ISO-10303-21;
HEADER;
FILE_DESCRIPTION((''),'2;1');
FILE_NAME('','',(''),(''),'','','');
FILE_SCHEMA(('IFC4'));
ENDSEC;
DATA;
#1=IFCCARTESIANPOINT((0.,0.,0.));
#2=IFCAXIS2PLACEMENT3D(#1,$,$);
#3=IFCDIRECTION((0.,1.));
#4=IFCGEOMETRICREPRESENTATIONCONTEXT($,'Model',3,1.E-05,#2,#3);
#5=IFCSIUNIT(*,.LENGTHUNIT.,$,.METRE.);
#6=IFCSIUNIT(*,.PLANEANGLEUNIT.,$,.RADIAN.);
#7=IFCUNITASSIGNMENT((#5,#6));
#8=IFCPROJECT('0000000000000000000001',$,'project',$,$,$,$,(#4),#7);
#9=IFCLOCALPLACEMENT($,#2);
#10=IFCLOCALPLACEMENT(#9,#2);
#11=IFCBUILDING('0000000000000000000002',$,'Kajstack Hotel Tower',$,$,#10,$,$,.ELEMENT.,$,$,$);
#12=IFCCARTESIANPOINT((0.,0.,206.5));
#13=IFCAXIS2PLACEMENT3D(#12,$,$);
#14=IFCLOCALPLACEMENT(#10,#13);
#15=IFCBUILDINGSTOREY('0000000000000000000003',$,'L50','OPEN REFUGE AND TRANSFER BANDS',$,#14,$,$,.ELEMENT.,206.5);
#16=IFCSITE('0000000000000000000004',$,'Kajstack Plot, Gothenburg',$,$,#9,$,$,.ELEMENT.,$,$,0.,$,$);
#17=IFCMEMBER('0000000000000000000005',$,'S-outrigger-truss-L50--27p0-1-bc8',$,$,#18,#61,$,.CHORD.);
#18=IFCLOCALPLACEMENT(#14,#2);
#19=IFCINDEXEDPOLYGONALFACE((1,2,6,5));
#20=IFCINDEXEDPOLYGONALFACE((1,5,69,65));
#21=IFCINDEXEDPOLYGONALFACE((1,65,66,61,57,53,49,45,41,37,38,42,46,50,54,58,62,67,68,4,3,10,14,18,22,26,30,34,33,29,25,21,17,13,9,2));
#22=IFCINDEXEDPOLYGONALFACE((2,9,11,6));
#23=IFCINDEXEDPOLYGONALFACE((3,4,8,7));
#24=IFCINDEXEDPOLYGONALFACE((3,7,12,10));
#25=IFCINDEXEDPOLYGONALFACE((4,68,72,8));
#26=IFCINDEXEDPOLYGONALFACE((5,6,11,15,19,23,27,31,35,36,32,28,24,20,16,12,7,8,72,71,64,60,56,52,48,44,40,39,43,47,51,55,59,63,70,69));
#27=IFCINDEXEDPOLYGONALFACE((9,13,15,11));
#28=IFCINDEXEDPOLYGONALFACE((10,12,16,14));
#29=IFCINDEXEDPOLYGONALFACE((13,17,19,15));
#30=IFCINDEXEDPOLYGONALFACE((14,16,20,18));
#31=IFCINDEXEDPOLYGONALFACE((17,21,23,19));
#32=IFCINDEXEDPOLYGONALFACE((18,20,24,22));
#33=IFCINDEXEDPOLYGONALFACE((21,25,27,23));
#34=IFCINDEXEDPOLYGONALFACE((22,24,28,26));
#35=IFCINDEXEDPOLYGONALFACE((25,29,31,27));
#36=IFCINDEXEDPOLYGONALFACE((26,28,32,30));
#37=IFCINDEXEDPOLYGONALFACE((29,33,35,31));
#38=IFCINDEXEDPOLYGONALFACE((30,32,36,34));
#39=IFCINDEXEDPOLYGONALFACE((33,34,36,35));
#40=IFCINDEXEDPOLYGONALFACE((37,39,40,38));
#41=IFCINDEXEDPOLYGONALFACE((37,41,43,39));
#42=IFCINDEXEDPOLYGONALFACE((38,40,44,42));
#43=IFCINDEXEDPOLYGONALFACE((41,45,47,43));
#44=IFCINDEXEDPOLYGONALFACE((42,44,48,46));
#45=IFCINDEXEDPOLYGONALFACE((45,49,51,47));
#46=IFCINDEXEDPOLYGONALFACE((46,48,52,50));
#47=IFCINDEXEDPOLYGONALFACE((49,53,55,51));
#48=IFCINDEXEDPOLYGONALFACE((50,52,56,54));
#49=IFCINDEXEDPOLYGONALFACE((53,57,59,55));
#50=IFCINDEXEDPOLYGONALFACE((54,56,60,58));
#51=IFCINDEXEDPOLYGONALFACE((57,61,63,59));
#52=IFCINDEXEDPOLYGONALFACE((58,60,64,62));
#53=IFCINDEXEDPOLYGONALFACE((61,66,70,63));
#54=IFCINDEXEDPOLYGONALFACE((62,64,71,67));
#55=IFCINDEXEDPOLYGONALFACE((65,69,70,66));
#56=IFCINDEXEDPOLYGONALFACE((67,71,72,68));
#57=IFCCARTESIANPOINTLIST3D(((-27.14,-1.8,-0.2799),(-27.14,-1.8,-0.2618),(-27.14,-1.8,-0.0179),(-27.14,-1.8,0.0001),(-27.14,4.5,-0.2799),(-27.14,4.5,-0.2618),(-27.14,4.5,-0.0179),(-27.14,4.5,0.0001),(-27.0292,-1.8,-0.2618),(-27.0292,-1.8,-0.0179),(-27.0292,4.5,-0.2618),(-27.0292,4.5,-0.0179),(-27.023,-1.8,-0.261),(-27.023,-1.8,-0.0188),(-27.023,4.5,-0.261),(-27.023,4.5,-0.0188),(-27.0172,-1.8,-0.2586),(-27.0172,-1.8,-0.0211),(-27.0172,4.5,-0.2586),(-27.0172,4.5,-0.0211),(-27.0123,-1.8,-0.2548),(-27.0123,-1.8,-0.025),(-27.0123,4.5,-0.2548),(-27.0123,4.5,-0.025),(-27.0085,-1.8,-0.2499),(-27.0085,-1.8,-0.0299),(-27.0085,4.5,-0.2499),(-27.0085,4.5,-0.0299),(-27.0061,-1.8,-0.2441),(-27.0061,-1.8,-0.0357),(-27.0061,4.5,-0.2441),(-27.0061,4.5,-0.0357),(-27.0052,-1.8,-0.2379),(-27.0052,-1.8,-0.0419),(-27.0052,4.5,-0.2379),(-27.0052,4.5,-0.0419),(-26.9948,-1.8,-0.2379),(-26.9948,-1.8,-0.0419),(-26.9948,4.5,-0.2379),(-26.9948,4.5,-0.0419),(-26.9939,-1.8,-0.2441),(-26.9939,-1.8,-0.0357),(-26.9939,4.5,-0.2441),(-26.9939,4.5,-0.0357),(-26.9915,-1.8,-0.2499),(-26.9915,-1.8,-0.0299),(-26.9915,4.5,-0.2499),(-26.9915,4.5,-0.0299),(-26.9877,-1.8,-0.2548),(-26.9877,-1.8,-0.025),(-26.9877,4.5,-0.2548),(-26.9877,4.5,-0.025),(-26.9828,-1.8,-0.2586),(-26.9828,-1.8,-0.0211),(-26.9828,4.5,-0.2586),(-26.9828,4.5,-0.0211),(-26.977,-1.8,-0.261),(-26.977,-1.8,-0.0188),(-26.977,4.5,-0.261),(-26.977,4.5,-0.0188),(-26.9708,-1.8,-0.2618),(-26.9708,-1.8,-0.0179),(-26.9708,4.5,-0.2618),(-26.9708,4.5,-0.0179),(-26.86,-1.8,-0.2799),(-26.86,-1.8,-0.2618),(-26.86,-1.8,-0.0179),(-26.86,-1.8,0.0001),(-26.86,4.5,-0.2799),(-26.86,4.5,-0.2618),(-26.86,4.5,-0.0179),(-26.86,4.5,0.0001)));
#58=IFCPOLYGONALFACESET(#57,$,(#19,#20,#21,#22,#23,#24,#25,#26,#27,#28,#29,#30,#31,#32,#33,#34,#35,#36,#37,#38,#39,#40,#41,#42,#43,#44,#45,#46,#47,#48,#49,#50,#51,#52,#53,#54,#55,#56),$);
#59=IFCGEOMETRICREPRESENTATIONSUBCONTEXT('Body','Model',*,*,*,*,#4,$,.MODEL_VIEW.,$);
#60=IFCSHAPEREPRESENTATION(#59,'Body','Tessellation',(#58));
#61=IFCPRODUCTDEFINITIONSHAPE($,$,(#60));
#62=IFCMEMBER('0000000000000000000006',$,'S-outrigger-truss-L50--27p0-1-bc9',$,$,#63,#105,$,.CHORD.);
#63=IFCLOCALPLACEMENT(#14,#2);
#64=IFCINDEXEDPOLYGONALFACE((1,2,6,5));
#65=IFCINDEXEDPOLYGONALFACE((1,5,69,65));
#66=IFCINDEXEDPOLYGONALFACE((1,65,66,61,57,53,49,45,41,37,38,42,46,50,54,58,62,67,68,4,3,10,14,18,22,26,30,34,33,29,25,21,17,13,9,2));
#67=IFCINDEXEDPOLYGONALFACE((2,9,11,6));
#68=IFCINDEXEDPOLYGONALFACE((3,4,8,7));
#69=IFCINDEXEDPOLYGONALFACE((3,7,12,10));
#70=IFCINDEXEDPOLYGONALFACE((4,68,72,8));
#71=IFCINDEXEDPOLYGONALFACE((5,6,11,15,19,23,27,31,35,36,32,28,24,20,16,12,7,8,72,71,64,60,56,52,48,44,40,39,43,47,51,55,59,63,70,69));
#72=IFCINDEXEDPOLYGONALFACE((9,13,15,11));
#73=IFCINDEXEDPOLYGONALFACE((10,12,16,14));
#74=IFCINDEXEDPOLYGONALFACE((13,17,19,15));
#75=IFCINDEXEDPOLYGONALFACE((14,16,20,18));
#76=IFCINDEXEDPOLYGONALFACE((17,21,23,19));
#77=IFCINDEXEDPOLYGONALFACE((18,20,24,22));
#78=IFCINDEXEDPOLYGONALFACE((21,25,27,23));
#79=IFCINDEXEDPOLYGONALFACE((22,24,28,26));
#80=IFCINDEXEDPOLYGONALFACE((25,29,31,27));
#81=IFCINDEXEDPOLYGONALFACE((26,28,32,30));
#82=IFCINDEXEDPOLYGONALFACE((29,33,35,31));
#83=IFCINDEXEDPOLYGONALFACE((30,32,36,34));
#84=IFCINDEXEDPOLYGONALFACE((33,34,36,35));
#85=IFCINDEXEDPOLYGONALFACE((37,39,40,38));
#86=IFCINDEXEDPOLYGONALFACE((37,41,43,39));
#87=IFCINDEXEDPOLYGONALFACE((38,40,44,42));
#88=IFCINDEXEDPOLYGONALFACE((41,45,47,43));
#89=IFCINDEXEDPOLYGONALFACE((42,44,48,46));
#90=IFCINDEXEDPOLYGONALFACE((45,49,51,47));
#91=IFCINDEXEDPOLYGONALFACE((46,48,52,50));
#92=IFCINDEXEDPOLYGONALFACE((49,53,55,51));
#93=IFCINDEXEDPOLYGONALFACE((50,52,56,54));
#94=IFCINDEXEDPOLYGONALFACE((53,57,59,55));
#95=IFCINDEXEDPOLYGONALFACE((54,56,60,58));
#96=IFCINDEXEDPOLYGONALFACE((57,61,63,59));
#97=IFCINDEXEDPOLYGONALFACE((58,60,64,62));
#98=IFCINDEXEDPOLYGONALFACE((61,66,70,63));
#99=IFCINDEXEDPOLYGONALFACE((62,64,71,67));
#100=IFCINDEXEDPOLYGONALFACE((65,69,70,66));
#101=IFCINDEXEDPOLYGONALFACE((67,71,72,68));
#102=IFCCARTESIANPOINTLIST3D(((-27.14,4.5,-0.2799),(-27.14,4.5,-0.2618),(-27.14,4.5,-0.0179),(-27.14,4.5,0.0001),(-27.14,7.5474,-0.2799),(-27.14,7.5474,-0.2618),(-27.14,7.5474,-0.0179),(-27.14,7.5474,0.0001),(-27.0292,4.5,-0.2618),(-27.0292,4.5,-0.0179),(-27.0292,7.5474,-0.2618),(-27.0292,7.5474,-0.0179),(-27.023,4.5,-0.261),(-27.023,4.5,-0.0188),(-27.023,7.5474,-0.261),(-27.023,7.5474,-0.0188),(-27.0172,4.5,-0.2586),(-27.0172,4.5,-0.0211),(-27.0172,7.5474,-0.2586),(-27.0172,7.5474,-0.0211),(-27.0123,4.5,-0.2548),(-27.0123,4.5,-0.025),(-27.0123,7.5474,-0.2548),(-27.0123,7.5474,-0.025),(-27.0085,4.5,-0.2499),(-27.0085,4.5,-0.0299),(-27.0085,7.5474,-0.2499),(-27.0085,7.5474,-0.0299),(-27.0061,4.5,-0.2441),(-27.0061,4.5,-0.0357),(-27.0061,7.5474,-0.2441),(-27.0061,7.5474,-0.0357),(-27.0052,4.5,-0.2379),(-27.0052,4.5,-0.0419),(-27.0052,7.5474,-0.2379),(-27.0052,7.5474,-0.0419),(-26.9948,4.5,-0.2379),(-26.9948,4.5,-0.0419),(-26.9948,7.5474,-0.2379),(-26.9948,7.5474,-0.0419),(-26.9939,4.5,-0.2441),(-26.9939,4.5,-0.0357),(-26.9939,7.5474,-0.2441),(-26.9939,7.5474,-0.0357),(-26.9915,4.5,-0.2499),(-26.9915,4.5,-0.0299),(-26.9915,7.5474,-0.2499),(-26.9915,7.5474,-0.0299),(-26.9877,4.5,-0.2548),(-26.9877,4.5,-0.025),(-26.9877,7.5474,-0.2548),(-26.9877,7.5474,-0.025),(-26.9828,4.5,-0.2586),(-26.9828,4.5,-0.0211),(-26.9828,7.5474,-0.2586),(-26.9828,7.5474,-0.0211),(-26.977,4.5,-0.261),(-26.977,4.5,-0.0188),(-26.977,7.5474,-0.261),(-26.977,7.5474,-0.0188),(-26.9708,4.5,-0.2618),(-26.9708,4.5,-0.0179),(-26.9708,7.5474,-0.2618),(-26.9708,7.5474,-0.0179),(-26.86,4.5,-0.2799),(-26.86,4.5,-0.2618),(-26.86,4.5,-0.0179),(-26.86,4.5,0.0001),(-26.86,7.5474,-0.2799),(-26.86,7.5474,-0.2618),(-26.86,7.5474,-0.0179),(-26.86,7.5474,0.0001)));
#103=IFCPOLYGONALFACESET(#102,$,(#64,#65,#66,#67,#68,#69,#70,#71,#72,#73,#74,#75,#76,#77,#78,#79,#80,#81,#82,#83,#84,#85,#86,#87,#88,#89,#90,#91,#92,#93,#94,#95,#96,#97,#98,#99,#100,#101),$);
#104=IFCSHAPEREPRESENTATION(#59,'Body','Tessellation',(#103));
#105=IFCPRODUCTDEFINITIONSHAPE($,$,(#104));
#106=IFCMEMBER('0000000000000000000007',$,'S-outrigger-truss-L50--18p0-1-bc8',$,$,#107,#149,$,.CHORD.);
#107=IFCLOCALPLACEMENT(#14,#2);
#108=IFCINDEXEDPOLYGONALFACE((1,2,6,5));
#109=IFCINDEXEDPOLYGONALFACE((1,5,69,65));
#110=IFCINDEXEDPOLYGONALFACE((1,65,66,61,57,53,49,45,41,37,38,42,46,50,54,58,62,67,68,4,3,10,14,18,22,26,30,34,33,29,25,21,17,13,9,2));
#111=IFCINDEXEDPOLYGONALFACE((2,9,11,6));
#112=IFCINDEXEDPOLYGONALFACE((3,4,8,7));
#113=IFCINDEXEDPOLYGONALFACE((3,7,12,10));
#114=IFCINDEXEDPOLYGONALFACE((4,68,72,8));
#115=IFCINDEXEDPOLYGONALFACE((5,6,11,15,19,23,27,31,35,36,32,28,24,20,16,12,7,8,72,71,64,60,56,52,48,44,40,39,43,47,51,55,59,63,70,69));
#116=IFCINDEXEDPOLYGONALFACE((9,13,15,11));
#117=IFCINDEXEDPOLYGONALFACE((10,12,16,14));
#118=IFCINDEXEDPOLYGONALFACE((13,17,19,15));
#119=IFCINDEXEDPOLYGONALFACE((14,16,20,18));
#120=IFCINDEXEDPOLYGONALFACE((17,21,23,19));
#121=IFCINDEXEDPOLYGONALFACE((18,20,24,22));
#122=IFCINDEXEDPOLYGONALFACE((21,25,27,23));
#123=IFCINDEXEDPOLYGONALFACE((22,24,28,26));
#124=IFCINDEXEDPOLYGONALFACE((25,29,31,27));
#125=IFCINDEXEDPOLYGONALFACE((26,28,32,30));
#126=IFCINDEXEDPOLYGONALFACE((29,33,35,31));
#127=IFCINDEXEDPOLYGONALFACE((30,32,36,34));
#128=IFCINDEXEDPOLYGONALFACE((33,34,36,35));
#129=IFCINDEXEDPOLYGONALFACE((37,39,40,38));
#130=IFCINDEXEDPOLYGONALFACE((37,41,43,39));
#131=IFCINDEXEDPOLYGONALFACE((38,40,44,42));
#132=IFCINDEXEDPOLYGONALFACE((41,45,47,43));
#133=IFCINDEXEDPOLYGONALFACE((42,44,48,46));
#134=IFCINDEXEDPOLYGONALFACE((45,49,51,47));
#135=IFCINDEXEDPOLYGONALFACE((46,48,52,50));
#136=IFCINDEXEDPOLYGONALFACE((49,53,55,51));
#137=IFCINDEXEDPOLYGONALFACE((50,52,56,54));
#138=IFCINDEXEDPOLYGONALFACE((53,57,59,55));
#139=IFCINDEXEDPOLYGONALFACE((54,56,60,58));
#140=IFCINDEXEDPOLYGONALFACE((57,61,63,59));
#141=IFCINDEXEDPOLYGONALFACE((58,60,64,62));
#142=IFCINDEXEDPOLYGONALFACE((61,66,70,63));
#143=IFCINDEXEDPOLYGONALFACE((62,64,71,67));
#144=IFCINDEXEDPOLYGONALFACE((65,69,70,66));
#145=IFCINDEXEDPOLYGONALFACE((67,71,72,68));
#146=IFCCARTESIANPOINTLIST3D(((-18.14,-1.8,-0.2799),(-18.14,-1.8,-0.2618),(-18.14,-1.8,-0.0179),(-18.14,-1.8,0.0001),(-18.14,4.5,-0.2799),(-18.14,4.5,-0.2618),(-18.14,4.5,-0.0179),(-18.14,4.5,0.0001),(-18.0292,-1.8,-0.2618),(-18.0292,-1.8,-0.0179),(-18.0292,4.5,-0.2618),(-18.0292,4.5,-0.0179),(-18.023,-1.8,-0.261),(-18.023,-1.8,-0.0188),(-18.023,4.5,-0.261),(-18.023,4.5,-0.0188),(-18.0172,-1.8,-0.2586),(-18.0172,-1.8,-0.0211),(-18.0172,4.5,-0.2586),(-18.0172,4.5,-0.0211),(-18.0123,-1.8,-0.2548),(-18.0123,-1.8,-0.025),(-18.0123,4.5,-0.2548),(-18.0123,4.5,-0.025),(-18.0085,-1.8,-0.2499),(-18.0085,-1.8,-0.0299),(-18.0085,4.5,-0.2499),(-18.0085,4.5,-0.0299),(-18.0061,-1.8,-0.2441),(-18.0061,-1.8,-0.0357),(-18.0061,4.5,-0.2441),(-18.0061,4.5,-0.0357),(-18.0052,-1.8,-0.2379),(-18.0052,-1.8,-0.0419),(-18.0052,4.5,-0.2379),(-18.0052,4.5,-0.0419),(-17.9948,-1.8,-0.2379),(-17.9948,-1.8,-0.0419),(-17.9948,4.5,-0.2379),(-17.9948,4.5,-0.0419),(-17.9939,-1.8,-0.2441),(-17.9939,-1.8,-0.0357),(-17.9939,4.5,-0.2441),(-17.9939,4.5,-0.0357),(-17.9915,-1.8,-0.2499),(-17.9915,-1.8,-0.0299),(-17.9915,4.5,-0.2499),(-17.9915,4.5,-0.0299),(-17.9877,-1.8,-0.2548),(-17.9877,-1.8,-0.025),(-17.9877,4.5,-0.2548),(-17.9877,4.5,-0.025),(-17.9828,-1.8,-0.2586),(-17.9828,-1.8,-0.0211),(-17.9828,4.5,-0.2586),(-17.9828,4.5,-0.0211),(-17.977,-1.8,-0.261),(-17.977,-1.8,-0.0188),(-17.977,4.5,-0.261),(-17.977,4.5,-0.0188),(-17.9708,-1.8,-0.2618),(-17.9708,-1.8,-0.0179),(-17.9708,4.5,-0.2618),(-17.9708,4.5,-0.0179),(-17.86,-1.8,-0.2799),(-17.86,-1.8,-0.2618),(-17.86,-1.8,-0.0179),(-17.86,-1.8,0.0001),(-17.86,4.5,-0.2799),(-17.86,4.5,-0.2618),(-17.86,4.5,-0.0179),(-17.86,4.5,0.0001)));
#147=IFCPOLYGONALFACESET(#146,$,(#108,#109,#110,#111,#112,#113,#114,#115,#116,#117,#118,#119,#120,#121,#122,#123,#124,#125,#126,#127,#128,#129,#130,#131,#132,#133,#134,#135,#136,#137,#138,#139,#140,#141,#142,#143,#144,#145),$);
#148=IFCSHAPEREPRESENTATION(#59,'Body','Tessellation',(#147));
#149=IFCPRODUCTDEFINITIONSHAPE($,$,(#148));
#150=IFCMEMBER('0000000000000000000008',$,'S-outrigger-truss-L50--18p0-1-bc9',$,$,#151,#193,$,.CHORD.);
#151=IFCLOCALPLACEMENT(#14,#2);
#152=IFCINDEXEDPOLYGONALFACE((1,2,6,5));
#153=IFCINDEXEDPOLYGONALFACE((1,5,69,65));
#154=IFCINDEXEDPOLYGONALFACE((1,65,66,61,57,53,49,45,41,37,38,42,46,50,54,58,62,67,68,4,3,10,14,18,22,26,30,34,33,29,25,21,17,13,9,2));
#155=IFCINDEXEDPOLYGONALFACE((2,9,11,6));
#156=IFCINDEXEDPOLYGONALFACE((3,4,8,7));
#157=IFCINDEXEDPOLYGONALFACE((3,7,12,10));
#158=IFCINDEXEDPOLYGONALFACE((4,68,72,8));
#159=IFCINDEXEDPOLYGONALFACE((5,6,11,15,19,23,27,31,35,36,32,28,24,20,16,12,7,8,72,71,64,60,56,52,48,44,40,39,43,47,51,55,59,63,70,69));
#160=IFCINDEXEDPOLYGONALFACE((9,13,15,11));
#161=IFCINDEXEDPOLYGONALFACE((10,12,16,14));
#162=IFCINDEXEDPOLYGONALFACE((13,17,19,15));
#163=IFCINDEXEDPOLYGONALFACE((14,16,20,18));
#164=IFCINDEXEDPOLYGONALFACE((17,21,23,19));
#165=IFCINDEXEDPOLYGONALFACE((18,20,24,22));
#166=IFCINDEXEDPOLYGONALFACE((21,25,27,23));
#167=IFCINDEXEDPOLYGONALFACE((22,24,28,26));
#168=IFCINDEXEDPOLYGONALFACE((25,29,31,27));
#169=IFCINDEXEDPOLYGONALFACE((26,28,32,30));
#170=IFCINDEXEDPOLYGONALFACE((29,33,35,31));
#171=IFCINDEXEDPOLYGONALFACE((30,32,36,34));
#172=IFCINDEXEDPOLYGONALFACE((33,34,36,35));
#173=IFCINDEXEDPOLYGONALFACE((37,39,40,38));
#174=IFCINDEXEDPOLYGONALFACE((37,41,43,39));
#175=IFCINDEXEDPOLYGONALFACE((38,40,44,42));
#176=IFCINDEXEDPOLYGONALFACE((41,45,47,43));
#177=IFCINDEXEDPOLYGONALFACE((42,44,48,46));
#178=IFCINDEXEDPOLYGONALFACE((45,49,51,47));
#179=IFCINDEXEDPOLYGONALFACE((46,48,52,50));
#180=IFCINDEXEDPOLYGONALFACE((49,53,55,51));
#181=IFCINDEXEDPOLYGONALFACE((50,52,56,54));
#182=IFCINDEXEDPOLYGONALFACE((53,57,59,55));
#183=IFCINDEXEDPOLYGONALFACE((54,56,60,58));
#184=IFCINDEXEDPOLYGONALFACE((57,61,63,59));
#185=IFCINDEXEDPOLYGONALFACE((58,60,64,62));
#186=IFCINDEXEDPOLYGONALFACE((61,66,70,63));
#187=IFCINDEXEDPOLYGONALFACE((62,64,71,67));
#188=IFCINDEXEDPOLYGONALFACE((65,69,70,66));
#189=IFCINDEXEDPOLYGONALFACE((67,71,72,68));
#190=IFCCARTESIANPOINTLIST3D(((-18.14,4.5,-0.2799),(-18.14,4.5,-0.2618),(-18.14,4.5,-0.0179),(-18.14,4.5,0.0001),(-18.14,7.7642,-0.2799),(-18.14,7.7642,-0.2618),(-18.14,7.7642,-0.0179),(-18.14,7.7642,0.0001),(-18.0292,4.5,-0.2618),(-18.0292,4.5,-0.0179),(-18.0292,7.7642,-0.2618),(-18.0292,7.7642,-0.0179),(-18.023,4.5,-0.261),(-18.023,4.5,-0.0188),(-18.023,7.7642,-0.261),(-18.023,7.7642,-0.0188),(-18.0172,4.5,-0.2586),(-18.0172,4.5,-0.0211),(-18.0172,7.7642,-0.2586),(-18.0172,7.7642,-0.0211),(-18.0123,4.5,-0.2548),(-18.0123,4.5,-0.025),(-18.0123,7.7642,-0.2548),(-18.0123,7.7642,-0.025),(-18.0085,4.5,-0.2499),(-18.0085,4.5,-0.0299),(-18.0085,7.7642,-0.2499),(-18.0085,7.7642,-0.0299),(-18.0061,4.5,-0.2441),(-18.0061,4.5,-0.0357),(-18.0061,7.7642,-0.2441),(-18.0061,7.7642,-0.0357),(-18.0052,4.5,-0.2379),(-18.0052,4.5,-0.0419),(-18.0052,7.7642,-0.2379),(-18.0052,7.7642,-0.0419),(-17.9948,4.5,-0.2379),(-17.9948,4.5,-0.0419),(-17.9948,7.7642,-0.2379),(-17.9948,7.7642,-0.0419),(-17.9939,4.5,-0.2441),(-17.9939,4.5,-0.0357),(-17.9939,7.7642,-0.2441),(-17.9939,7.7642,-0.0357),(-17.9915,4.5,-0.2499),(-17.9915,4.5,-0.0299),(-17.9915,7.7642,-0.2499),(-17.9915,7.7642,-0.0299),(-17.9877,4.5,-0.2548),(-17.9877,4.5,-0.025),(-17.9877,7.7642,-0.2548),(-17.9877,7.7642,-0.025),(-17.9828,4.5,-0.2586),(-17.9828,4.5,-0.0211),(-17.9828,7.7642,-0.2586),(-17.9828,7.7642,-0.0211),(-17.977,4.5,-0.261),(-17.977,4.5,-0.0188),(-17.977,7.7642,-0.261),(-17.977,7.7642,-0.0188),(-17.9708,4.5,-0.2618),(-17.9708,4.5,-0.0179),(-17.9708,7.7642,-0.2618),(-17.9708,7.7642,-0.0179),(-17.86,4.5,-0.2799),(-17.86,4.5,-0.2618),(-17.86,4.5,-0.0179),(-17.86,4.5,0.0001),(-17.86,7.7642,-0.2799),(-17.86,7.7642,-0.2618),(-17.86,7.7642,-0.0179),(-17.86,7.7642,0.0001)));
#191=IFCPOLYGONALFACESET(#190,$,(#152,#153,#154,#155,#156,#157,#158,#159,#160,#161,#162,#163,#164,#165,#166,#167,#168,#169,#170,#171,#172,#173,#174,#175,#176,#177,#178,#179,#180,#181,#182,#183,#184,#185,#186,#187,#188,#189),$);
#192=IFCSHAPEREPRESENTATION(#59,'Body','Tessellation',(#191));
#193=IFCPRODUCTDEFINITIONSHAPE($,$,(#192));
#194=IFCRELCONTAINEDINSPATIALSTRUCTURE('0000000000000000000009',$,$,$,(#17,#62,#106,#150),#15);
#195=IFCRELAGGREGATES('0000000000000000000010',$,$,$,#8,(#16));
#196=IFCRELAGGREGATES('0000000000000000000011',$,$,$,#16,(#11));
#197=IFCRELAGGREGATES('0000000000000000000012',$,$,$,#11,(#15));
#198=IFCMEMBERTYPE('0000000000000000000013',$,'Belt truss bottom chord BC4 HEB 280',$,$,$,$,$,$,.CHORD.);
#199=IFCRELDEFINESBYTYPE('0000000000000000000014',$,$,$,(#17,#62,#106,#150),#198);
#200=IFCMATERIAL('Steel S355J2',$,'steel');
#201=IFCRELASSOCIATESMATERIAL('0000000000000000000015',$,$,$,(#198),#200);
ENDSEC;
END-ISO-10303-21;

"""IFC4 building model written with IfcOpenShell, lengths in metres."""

from ifc_helpers import new_model, si_unit, direction, frame, origin, origin_2d, place, context, subcontext, project, spatial, i_section, extrude, material, material_profile, profile_set, type_object, element, save


model = new_model("IFC4")

# Units and contexts
model_context = context("Model", 3, precision=1e-05, world=origin(), true_north=direction((0.0, 1.0)))
body_context = subcontext(model_context, "Body", "Model", "MODEL_VIEW")
ifc_project = project(units=[si_unit("LENGTHUNIT", "METRE"), si_unit("PLANEANGLEUNIT", "RADIAN")], contexts=[model_context])

# Site, building, storey
site_placement = place(None, origin())
site = spatial("IfcSite", under=ifc_project, at=site_placement, Name="Kajstack Plot, Gothenburg", CompositionType="ELEMENT", RefElevation=0.0)
building_placement = place(site_placement, origin())
building = spatial("IfcBuilding", under=site, at=building_placement, Name="Kajstack Hotel Tower", CompositionType="ELEMENT")
storey_placement = place(building_placement, frame((0.0, 0.0, 206.5)))
storey = spatial("IfcBuildingStorey", under=building, at=storey_placement, Name="L50", Description="OPEN REFUGE AND TRANSFER BANDS", CompositionType="ELEMENT", Elevation=206.5)

# Members
ifc_material_1 = material(Name="Steel S355J2", Category="steel")
ifc_material_profile_1 = material_profile(ifc_material_1, i_section(OverallWidth=0.28, OverallDepth=0.28, WebThickness=0.0105, FlangeThickness=0.0181, FilletRadius=0.0239, at=origin_2d()), Name="HEB 280")
ifc_profile_set_1 = profile_set([ifc_material_profile_1], Name="Steel S355J2")
member_type_1 = type_object("IfcMemberType", Name="Belt truss bottom chord BC4 HEB 280", PredefinedType="CHORD", material=ifc_profile_set_1)
member_1_placement = place(storey_placement, frame((-27.0, -1.8, -0.1399), z_axis=(0.0, 1.0, 0.0), x_axis=(-1.0, 0.0, 0.0)))
element("IfcMember", 1, at=member_1_placement, inside=storey, type_object=member_type_1, Name="S-outrigger-truss-L50--27p0-1-bc8", PredefinedType="CHORD", context=body_context, shape_type="SweptSolid", body=[
    extrude(i_section(OverallWidth=0.28, OverallDepth=0.28, WebThickness=0.0105, FlangeThickness=0.0181, FilletRadius=0.0239, at=origin_2d()), origin(), (0.0, 0.0, 1.0), 6.3),
])
member_2_placement = place(storey_placement, frame((-27.0, 4.5, -0.1399), z_axis=(0.0, 1.0, 0.0), x_axis=(-1.0, 0.0, 0.0)))
element("IfcMember", 2, at=member_2_placement, inside=storey, type_object=member_type_1, Name="S-outrigger-truss-L50--27p0-1-bc9", PredefinedType="CHORD", context=body_context, shape_type="SweptSolid", body=[
    extrude(i_section(OverallWidth=0.28, OverallDepth=0.28, WebThickness=0.0105, FlangeThickness=0.0181, FilletRadius=0.0239, at=origin_2d()), origin(), (0.0, 0.0, 1.0), 3.0474),
])
member_3_placement = place(storey_placement, frame((-18.0, -1.8, -0.1399), z_axis=(0.0, 1.0, 0.0), x_axis=(-1.0, 0.0, 0.0)))
element("IfcMember", 3, at=member_3_placement, inside=storey, type_object=member_type_1, Name="S-outrigger-truss-L50--18p0-1-bc8", PredefinedType="CHORD", context=body_context, shape_type="SweptSolid", body=[
    extrude(i_section(OverallWidth=0.28, OverallDepth=0.28, WebThickness=0.0105, FlangeThickness=0.0181, FilletRadius=0.0239, at=origin_2d()), origin(), (0.0, 0.0, 1.0), 6.3),
])
member_4_placement = place(storey_placement, frame((-18.0, 4.5, -0.1399), z_axis=(0.0, 1.0, 0.0), x_axis=(-1.0, 0.0, 0.0)))
element("IfcMember", 4, at=member_4_placement, inside=storey, type_object=member_type_1, Name="S-outrigger-truss-L50--18p0-1-bc9", PredefinedType="CHORD", context=body_context, shape_type="SweptSolid", body=[
    extrude(i_section(OverallWidth=0.28, OverallDepth=0.28, WebThickness=0.0105, FlangeThickness=0.0181, FilletRadius=0.0239, at=origin_2d()), origin(), (0.0, 0.0, 1.0), 3.2642),
])

save(model, "model.ifc")
